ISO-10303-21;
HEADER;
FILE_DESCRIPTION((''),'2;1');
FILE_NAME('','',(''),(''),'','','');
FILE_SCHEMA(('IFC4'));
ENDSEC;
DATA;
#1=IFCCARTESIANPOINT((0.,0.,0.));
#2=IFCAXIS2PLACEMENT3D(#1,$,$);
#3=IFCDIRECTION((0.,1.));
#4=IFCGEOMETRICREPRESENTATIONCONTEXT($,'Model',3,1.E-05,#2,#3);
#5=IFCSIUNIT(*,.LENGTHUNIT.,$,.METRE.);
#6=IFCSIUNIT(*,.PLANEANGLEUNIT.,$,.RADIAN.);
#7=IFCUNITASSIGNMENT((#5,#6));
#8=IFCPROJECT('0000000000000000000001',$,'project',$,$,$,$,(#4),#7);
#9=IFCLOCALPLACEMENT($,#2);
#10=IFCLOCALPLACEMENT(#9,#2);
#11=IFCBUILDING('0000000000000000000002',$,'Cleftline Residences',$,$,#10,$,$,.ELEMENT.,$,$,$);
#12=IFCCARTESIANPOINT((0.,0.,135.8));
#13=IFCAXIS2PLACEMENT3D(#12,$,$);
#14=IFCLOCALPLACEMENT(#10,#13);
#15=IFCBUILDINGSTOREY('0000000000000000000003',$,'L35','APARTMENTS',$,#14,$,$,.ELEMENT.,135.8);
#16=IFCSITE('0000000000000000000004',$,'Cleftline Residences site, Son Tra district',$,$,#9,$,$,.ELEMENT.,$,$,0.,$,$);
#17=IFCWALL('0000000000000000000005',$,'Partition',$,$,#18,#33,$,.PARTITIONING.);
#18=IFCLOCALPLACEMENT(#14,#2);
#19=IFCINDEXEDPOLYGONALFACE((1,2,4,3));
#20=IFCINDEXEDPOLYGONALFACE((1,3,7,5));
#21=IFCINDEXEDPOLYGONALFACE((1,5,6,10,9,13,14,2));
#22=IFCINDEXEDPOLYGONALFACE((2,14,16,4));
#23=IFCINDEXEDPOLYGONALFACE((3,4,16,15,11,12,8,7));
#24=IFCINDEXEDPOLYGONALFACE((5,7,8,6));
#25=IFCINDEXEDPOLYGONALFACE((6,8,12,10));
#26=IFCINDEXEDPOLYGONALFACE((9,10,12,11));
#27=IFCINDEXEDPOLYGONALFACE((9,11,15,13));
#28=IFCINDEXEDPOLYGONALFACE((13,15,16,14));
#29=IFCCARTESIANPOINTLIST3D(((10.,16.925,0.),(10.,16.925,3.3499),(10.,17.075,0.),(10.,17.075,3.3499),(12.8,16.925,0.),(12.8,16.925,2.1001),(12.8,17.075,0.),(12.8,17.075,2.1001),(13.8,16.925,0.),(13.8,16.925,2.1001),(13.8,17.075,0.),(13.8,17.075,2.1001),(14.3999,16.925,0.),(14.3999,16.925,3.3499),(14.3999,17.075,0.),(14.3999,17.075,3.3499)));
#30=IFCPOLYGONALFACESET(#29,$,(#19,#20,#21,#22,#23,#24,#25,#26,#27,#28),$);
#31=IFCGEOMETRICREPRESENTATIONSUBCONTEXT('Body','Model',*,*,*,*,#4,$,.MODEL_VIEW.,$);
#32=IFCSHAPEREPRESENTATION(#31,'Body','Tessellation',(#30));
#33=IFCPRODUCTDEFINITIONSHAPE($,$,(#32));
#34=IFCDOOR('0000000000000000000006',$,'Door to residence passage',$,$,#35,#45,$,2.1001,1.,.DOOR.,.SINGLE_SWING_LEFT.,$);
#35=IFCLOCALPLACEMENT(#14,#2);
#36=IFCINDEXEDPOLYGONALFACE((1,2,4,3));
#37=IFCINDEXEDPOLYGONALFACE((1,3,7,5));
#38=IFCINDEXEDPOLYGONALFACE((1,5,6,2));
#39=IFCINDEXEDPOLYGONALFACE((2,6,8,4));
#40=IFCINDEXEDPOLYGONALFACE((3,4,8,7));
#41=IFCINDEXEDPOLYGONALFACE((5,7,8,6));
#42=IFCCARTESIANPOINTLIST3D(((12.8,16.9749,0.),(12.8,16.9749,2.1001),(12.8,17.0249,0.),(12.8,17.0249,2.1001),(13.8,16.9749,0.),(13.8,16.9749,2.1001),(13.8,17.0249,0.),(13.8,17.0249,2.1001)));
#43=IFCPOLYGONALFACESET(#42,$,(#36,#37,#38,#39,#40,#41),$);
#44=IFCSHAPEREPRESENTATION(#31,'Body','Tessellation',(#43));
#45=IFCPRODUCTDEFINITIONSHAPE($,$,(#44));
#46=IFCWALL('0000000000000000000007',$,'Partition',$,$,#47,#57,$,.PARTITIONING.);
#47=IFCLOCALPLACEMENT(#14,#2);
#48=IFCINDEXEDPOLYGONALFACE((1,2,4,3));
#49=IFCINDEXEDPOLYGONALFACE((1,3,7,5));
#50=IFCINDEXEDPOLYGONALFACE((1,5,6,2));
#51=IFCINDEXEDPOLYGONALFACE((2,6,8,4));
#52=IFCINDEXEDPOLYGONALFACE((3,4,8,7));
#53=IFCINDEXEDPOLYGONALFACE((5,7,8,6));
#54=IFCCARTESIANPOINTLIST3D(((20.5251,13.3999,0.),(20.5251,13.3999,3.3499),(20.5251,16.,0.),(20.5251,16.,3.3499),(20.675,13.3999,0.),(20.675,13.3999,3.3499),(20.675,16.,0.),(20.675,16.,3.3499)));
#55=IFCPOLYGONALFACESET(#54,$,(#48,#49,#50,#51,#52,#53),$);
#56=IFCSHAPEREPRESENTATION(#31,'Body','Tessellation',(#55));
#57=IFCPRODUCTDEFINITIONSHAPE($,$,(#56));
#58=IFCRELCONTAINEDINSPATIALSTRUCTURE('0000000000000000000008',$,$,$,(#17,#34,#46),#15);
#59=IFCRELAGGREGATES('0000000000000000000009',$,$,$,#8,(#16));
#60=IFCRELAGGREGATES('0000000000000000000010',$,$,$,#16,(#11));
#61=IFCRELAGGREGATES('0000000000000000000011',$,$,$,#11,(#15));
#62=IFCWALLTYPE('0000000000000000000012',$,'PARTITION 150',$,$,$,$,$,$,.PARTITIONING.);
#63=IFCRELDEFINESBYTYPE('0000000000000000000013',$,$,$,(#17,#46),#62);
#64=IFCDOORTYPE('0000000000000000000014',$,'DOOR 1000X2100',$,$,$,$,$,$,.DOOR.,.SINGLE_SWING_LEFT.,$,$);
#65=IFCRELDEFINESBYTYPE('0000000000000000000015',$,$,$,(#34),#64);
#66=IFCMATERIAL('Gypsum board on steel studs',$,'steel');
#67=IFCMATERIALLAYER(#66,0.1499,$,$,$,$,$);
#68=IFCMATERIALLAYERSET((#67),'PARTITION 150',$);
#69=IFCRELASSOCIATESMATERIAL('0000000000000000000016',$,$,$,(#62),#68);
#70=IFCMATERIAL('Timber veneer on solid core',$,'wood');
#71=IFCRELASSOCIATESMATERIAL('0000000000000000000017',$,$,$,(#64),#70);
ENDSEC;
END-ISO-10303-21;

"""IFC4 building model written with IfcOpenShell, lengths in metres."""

from ifc_helpers import new_model, si_unit, direction, frame, frame_2d, origin, place, context, subcontext, project, spatial, rectangle, extrude, material, layer, layer_set, type_object, element, fill, save


model = new_model("IFC4")

# Units and contexts
model_context = context("Model", 3, precision=1e-05, world=origin(), true_north=direction((0.0, 1.0)))
body_context = subcontext(model_context, "Body", "Model", "MODEL_VIEW")
ifc_project = project(units=[si_unit("LENGTHUNIT", "METRE"), si_unit("PLANEANGLEUNIT", "RADIAN")], contexts=[model_context])

# Site, building, storey
site_placement = place(None, origin())
site = spatial("IfcSite", under=ifc_project, at=site_placement, Name="Cleftline Residences site, Son Tra district", CompositionType="ELEMENT", RefElevation=0.0)
building_placement = place(site_placement, origin())
building = spatial("IfcBuilding", under=site, at=building_placement, Name="Cleftline Residences", CompositionType="ELEMENT")
storey_placement = place(building_placement, frame((0.0, 0.0, 135.8)))
storey = spatial("IfcBuildingStorey", under=building, at=storey_placement, Name="L35", Description="APARTMENTS", CompositionType="ELEMENT", Elevation=135.8)

# Shared definitions
ifc_material_1 = material(Name="Gypsum board on steel studs", Category="steel")
ifc_layer_1 = layer(ifc_material_1, 0.1499)
ifc_layer_set_1 = layer_set([ifc_layer_1], Name="PARTITION 150")
wall_type_1 = type_object("IfcWallType", Name="PARTITION 150", PredefinedType="PARTITIONING", material=ifc_layer_set_1)

# Wall, opening, door
wall_1_placement = place(storey_placement, frame((10.0, 17.0, 0.0), z_axis=(0.0, 0.0, 1.0), x_axis=(1.0, 0.0, 0.0)))
wall_1 = element("IfcWall", 1, at=wall_1_placement, inside=storey, type_object=wall_type_1, Name="Partition", PredefinedType="PARTITIONING", context=body_context, shape_type="SweptSolid", body=[
    extrude(rectangle(XDim=4.3999, YDim=0.1499, at=frame_2d((2.2, 0.0))), origin(), (0.0, 0.0, 1.0), 3.3499),
])
opening_1_placement = place(wall_1_placement, frame((2.8, 0.0, 0.0)))
opening_1 = element("IfcOpeningElement", 2, at=opening_1_placement, cuts=wall_1, PredefinedType="OPENING", context=body_context, shape_type="SweptSolid", body=[
    extrude(rectangle(XDim=1.0, YDim=2.1001, at=frame_2d((0.5, 1.05))), frame((0.0, 0.085, 0.0), z_axis=(0.0, -1.0, 0.0), x_axis=(1.0, 0.0, 0.0)), (0.0, 0.0, 1.0), 0.1699),
])
ifc_material_2 = material(Name="Timber veneer on solid core", Category="wood")
door_type_1 = type_object("IfcDoorType", Name="DOOR 1000X2100", OperationType="SINGLE_SWING_LEFT", PredefinedType="DOOR", material=ifc_material_2)
door_1_placement = place(opening_1_placement, origin())
door_1 = element("IfcDoor", 3, at=door_1_placement, inside=storey, type_object=door_type_1, Name="Door to residence passage", OperationType="SINGLE_SWING_LEFT", OverallHeight=2.1001, OverallWidth=1.0, PredefinedType="DOOR", context=body_context, shape_type="SweptSolid", body=[
    extrude(rectangle(XDim=1.0, YDim=2.1001, at=frame_2d((0.5, 1.05))), frame((0.0, 0.0249, 0.0), z_axis=(0.0, -1.0, 0.0), x_axis=(1.0, 0.0, 0.0)), (0.0, 0.0, 1.0), 0.05),
])
fill(opening_1, door_1)

# Wall
wall_2_placement = place(storey_placement, frame((20.6001, 13.3999, 0.0), z_axis=(0.0, 0.0, 1.0), x_axis=(0.0, 1.0, 0.0)))
element("IfcWall", 4, at=wall_2_placement, inside=storey, type_object=wall_type_1, Name="Partition", PredefinedType="PARTITIONING", context=body_context, shape_type="SweptSolid", body=[
    extrude(rectangle(XDim=2.6001, YDim=0.1499, at=frame_2d((1.3, 0.0))), origin(), (0.0, 0.0, 1.0), 3.3499),
])

save(model, "model.ifc")
